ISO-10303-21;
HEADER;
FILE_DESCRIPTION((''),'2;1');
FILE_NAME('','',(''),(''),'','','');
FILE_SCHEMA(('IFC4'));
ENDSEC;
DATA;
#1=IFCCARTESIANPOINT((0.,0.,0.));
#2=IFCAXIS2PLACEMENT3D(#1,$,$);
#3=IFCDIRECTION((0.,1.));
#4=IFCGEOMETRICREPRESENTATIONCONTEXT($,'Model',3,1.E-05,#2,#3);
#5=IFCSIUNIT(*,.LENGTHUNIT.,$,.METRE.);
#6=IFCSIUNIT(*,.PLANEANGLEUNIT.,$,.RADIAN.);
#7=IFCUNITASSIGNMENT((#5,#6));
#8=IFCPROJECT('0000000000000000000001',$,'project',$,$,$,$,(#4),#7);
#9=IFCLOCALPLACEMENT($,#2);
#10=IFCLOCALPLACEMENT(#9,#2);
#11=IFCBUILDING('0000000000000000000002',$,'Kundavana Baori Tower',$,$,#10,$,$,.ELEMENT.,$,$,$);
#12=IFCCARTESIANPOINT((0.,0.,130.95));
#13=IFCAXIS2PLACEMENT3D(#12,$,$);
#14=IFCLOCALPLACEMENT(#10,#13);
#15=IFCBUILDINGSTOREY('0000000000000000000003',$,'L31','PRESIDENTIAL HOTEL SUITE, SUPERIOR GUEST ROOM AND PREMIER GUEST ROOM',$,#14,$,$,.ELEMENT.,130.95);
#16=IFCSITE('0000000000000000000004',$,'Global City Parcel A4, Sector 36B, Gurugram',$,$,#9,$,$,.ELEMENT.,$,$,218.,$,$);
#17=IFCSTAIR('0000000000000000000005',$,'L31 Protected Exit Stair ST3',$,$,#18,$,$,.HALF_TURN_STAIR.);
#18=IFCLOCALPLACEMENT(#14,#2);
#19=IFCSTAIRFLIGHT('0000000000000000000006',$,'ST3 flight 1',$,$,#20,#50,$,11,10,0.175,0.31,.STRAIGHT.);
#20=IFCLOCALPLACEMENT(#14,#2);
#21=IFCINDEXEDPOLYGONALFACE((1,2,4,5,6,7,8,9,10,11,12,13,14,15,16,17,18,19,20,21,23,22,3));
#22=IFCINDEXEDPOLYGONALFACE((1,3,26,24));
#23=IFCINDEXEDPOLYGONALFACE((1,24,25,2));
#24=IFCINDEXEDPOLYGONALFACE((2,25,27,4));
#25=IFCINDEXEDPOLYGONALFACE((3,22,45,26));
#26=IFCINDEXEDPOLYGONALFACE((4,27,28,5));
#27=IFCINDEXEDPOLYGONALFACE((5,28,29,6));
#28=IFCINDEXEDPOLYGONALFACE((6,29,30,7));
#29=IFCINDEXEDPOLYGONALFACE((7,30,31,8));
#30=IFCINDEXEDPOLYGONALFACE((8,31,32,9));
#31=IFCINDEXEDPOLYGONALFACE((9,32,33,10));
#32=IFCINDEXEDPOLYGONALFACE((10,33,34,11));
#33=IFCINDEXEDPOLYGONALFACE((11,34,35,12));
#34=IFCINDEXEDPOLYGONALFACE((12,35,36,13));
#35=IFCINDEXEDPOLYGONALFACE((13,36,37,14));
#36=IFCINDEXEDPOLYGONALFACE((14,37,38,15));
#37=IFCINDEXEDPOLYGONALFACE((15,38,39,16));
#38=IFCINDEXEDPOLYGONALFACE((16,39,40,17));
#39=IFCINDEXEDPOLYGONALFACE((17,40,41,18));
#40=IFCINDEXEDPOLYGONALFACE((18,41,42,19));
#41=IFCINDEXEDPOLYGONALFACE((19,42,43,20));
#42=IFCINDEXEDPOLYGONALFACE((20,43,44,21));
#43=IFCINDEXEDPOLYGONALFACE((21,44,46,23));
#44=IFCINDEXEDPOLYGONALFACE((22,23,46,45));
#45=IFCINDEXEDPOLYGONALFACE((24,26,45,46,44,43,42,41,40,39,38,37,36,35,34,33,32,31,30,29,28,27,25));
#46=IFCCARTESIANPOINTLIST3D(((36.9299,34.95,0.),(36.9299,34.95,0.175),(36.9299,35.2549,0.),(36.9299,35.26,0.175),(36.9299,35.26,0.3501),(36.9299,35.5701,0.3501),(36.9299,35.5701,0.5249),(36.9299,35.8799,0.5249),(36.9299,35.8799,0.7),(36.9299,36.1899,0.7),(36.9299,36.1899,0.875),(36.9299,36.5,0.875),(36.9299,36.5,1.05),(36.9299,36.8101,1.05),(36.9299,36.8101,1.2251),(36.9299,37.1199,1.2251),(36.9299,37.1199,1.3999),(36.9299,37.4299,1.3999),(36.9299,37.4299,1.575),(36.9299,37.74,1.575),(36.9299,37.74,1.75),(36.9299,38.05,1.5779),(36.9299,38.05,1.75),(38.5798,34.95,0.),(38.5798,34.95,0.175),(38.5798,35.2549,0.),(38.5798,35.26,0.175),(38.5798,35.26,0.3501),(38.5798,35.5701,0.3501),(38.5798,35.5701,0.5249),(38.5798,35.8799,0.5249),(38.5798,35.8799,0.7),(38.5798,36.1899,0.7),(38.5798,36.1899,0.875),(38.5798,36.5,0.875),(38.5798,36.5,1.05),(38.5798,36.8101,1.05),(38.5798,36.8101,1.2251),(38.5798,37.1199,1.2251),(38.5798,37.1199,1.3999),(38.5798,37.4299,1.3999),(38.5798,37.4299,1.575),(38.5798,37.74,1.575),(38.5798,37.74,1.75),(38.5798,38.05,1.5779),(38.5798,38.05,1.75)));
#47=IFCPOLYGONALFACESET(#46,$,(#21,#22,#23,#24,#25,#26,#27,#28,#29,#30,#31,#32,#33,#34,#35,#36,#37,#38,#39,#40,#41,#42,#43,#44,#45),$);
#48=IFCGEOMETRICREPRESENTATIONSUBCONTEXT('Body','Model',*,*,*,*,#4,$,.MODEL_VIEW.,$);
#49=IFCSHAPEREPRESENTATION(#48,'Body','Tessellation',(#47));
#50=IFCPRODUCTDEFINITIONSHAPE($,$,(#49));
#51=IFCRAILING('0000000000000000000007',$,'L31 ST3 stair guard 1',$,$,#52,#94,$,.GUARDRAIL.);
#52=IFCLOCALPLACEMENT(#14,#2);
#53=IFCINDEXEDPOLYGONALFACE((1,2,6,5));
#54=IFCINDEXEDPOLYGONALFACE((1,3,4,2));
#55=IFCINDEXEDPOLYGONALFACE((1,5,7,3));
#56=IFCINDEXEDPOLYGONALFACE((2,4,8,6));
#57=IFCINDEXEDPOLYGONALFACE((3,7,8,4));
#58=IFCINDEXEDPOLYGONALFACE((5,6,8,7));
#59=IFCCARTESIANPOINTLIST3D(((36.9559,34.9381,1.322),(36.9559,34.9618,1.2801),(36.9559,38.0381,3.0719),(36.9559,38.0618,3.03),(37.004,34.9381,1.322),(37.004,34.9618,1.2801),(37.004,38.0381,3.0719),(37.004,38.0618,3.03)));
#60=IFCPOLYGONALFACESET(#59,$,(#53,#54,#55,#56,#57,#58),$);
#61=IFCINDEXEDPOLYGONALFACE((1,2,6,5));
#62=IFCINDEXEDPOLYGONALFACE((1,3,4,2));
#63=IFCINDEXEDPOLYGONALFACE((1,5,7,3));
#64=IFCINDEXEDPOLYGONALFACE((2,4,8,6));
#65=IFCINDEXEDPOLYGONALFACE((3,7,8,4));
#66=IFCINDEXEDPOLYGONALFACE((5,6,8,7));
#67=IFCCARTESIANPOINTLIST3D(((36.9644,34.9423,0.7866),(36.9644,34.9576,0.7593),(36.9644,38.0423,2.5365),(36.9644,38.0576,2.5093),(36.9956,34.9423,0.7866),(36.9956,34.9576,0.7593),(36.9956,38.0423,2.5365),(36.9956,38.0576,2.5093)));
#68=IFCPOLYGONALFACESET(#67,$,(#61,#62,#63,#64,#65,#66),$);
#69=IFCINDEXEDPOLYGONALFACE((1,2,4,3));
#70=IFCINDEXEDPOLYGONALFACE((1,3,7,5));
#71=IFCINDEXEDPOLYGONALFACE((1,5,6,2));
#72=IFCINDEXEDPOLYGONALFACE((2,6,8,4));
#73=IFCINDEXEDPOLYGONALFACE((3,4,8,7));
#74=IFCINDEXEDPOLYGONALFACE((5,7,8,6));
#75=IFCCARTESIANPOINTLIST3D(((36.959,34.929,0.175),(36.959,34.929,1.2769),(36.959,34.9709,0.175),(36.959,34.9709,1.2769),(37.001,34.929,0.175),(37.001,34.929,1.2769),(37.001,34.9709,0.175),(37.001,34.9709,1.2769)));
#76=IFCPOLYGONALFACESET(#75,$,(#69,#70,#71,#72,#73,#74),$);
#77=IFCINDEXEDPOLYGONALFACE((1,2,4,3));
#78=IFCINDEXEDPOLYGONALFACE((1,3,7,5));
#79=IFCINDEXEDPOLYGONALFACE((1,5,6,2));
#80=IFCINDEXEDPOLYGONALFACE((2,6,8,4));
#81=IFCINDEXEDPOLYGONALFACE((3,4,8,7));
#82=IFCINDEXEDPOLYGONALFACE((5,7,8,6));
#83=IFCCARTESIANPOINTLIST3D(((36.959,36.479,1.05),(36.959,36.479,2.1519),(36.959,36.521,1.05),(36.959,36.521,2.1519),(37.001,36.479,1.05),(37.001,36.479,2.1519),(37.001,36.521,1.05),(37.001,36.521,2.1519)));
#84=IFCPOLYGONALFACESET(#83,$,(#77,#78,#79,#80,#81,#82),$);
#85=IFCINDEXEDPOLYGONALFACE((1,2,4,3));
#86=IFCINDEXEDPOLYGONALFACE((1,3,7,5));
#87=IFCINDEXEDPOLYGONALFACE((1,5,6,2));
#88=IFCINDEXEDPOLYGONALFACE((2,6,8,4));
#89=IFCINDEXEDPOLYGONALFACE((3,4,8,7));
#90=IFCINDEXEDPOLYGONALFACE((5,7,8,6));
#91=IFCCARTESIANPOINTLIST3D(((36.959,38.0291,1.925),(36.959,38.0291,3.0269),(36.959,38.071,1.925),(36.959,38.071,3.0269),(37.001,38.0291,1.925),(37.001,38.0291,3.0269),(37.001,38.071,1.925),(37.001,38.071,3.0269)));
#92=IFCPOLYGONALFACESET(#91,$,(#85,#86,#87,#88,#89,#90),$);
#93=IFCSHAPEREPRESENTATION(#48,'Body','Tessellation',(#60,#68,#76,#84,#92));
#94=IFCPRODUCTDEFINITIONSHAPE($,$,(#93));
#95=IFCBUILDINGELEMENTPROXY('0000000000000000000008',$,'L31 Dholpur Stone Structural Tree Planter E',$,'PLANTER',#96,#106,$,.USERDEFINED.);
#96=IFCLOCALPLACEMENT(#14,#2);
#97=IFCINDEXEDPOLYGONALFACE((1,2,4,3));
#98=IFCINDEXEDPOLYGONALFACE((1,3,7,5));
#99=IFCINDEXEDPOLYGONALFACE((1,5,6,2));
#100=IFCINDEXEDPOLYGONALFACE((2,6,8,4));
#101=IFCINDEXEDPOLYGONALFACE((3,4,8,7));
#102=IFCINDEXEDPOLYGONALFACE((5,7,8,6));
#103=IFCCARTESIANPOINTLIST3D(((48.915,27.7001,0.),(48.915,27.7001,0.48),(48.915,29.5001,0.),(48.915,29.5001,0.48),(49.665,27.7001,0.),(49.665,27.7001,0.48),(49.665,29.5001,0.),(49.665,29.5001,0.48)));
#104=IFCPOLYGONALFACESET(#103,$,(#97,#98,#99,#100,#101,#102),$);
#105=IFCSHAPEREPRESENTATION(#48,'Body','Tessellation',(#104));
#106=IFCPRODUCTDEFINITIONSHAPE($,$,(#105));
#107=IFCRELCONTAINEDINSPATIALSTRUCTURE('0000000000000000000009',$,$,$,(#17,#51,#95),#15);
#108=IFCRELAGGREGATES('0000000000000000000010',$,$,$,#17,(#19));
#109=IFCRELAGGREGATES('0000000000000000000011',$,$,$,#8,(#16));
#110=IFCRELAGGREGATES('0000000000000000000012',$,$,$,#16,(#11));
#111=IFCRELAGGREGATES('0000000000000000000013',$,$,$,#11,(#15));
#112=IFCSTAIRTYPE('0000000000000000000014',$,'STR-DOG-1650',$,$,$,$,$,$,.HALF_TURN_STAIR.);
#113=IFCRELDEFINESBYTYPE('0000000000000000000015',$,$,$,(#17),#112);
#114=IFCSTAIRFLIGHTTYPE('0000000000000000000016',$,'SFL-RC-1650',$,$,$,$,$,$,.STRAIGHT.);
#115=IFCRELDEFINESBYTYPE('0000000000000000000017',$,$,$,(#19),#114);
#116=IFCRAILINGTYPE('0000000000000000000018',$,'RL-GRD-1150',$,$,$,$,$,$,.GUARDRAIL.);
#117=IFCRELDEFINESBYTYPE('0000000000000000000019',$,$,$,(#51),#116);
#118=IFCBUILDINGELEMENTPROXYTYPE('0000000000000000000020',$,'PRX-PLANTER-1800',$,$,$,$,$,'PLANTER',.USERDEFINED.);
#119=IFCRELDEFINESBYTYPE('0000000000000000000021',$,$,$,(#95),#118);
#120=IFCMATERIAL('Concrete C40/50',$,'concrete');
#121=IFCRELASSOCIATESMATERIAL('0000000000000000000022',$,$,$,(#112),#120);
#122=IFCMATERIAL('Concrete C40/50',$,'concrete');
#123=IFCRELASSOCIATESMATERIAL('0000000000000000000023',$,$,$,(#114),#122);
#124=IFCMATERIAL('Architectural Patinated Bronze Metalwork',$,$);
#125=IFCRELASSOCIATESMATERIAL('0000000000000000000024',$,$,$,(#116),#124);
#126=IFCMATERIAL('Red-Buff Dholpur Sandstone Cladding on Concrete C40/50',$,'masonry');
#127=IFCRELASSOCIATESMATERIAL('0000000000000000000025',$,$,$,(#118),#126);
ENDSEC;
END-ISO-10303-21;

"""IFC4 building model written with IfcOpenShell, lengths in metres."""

from ifc_helpers import new_model, si_unit, direction, frame, origin, origin_2d, place, context, subcontext, project, spatial, polyline, rectangle, outline, extrude, material, type_object, element, aggregate, save


model = new_model("IFC4")

# Units and contexts
model_context = context("Model", 3, precision=1e-05, world=origin(), true_north=direction((0.0, 1.0)))
body_context = subcontext(model_context, "Body", "Model", "MODEL_VIEW")
ifc_project = project(units=[si_unit("LENGTHUNIT", "METRE"), si_unit("PLANEANGLEUNIT", "RADIAN")], contexts=[model_context])

# Site, building, storey
site_placement = place(None, origin())
site = spatial("IfcSite", under=ifc_project, at=site_placement, Name="Global City Parcel A4, Sector 36B, Gurugram", CompositionType="ELEMENT", RefElevation=218.0)
building_placement = place(site_placement, origin())
building = spatial("IfcBuilding", under=site, at=building_placement, Name="Kundavana Baori Tower", CompositionType="ELEMENT")
storey_placement = place(building_placement, frame((0.0, 0.0, 130.95)))
storey = spatial("IfcBuildingStorey", under=building, at=storey_placement, Name="L31", Description="PRESIDENTIAL HOTEL SUITE, SUPERIOR GUEST ROOM AND PREMIER GUEST ROOM", CompositionType="ELEMENT", Elevation=130.95)

# Stair, stair flight
ifc_material_1 = material(Name="Concrete C40/50", Category="concrete")
stair_type = type_object("IfcStairType", Name="STR-DOG-1650", PredefinedType="HALF_TURN_STAIR", material=ifc_material_1)
stair_placement = place(storey_placement, origin())
stair = element("IfcStair", 1, at=stair_placement, inside=storey, type_object=stair_type, Name="L31 Protected Exit Stair ST3", PredefinedType="HALF_TURN_STAIR")
ifc_material_2 = material(Name="Concrete C40/50", Category="concrete")
stair_flight_type = type_object("IfcStairFlightType", Name="SFL-RC-1650", PredefinedType="STRAIGHT", material=ifc_material_2)
stair_flight_placement = place(storey_placement, frame((37.7549, 34.95, 0.0), z_axis=(0.0, 0.0, 1.0), x_axis=(0.0, 1.0, 0.0)))
stair_flight = element("IfcStairFlight", 2, at=stair_flight_placement, type_object=stair_flight_type, Name="ST3 flight 1", NumberOfRisers=11, NumberOfTreads=10, PredefinedType="STRAIGHT", RiserHeight=0.175, TreadLength=0.31, context=body_context, shape_type="SweptSolid", body=[
    extrude(outline(polyline([(0.0, 0.0), (0.0, 0.175), (0.3101, 0.175), (0.3101, 0.3501), (0.6201, 0.3501), (0.6201, 0.5249), (0.9299, 0.5249), (0.9299, 0.7), (1.24, 0.7), (1.24, 0.875), (1.55, 0.875), (1.55, 1.05), (1.8601, 1.05), (1.8601, 1.2251), (2.1699, 1.2251), (2.1699, 1.3999), (2.48, 1.3999), (2.48, 1.575), (2.79, 1.575), (2.79, 1.75), (3.1001, 1.75), (3.1001, 1.925), (3.1001, 1.5779), (0.3049, 0.0), (0.0, 0.0)])), frame((0.0, 0.825, 0.0), z_axis=(0.0, -1.0, 0.0), x_axis=(1.0, 0.0, 0.0)), (0.0, 0.0, 1.0), 1.6499),
])
aggregate(stair, [stair_flight])

# Railing
ifc_material_3 = material(Name="Architectural Patinated Bronze Metalwork")
railing_type = type_object("IfcRailingType", Name="RL-GRD-1150", PredefinedType="GUARDRAIL", material=ifc_material_3)
railing_placement = place(storey_placement, frame((36.98, 34.95, 0.175)))
element("IfcRailing", 3, at=railing_placement, inside=storey, type_object=railing_type, Name="L31 ST3 stair guard 1", PredefinedType="GUARDRAIL", context=body_context, shape_type="SweptSolid", body=[
    extrude(rectangle(XDim=0.0481, YDim=0.0481, at=origin_2d()), frame((0.0, 0.0, 1.126), z_axis=(0.0, 0.870831, 0.491583), x_axis=(-1.0, 0.0, 0.0)), (0.0, 0.0, 1.0), 3.5598),
    extrude(rectangle(XDim=0.0312, YDim=0.0312, at=origin_2d()), frame((0.0, 0.0, 0.5979), z_axis=(0.0, 0.870831, 0.491583), x_axis=(-1.0, 0.0, 0.0)), (0.0, 0.0, 1.0), 3.5598),
    extrude(rectangle(XDim=0.042, YDim=0.042, at=origin_2d()), origin(), (0.0, 0.0, 1.0), 1.1018),
    extrude(rectangle(XDim=0.042, YDim=0.042, at=origin_2d()), frame((0.0, 1.55, 0.875)), (0.0, 0.0, 1.0), 1.1018),
    extrude(rectangle(XDim=0.042, YDim=0.042, at=origin_2d()), frame((0.0, 3.1001, 1.75)), (0.0, 0.0, 1.0), 1.1018),
])

# Building element proxy
ifc_material_4 = material(Name="Red-Buff Dholpur Sandstone Cladding on Concrete C40/50", Category="masonry")
building_element_proxy_type = type_object("IfcBuildingElementProxyType", Name="PRX-PLANTER-1800", ElementType="PLANTER", PredefinedType="USERDEFINED", material=ifc_material_4)
proxy_placement = place(storey_placement, frame((49.29, 28.6001, 0.0), z_axis=(0.0, 0.0, 1.0), x_axis=(0.0, 1.0, 0.0)))
element("IfcBuildingElementProxy", 4, at=proxy_placement, inside=storey, type_object=building_element_proxy_type, Name="L31 Dholpur Stone Structural Tree Planter E", ObjectType="PLANTER", PredefinedType="USERDEFINED", context=body_context, shape_type="SweptSolid", body=[
    extrude(rectangle(XDim=1.8, YDim=0.75, at=origin_2d()), origin(), (0.0, 0.0, 1.0), 0.48),
])

save(model, "model.ifc")
